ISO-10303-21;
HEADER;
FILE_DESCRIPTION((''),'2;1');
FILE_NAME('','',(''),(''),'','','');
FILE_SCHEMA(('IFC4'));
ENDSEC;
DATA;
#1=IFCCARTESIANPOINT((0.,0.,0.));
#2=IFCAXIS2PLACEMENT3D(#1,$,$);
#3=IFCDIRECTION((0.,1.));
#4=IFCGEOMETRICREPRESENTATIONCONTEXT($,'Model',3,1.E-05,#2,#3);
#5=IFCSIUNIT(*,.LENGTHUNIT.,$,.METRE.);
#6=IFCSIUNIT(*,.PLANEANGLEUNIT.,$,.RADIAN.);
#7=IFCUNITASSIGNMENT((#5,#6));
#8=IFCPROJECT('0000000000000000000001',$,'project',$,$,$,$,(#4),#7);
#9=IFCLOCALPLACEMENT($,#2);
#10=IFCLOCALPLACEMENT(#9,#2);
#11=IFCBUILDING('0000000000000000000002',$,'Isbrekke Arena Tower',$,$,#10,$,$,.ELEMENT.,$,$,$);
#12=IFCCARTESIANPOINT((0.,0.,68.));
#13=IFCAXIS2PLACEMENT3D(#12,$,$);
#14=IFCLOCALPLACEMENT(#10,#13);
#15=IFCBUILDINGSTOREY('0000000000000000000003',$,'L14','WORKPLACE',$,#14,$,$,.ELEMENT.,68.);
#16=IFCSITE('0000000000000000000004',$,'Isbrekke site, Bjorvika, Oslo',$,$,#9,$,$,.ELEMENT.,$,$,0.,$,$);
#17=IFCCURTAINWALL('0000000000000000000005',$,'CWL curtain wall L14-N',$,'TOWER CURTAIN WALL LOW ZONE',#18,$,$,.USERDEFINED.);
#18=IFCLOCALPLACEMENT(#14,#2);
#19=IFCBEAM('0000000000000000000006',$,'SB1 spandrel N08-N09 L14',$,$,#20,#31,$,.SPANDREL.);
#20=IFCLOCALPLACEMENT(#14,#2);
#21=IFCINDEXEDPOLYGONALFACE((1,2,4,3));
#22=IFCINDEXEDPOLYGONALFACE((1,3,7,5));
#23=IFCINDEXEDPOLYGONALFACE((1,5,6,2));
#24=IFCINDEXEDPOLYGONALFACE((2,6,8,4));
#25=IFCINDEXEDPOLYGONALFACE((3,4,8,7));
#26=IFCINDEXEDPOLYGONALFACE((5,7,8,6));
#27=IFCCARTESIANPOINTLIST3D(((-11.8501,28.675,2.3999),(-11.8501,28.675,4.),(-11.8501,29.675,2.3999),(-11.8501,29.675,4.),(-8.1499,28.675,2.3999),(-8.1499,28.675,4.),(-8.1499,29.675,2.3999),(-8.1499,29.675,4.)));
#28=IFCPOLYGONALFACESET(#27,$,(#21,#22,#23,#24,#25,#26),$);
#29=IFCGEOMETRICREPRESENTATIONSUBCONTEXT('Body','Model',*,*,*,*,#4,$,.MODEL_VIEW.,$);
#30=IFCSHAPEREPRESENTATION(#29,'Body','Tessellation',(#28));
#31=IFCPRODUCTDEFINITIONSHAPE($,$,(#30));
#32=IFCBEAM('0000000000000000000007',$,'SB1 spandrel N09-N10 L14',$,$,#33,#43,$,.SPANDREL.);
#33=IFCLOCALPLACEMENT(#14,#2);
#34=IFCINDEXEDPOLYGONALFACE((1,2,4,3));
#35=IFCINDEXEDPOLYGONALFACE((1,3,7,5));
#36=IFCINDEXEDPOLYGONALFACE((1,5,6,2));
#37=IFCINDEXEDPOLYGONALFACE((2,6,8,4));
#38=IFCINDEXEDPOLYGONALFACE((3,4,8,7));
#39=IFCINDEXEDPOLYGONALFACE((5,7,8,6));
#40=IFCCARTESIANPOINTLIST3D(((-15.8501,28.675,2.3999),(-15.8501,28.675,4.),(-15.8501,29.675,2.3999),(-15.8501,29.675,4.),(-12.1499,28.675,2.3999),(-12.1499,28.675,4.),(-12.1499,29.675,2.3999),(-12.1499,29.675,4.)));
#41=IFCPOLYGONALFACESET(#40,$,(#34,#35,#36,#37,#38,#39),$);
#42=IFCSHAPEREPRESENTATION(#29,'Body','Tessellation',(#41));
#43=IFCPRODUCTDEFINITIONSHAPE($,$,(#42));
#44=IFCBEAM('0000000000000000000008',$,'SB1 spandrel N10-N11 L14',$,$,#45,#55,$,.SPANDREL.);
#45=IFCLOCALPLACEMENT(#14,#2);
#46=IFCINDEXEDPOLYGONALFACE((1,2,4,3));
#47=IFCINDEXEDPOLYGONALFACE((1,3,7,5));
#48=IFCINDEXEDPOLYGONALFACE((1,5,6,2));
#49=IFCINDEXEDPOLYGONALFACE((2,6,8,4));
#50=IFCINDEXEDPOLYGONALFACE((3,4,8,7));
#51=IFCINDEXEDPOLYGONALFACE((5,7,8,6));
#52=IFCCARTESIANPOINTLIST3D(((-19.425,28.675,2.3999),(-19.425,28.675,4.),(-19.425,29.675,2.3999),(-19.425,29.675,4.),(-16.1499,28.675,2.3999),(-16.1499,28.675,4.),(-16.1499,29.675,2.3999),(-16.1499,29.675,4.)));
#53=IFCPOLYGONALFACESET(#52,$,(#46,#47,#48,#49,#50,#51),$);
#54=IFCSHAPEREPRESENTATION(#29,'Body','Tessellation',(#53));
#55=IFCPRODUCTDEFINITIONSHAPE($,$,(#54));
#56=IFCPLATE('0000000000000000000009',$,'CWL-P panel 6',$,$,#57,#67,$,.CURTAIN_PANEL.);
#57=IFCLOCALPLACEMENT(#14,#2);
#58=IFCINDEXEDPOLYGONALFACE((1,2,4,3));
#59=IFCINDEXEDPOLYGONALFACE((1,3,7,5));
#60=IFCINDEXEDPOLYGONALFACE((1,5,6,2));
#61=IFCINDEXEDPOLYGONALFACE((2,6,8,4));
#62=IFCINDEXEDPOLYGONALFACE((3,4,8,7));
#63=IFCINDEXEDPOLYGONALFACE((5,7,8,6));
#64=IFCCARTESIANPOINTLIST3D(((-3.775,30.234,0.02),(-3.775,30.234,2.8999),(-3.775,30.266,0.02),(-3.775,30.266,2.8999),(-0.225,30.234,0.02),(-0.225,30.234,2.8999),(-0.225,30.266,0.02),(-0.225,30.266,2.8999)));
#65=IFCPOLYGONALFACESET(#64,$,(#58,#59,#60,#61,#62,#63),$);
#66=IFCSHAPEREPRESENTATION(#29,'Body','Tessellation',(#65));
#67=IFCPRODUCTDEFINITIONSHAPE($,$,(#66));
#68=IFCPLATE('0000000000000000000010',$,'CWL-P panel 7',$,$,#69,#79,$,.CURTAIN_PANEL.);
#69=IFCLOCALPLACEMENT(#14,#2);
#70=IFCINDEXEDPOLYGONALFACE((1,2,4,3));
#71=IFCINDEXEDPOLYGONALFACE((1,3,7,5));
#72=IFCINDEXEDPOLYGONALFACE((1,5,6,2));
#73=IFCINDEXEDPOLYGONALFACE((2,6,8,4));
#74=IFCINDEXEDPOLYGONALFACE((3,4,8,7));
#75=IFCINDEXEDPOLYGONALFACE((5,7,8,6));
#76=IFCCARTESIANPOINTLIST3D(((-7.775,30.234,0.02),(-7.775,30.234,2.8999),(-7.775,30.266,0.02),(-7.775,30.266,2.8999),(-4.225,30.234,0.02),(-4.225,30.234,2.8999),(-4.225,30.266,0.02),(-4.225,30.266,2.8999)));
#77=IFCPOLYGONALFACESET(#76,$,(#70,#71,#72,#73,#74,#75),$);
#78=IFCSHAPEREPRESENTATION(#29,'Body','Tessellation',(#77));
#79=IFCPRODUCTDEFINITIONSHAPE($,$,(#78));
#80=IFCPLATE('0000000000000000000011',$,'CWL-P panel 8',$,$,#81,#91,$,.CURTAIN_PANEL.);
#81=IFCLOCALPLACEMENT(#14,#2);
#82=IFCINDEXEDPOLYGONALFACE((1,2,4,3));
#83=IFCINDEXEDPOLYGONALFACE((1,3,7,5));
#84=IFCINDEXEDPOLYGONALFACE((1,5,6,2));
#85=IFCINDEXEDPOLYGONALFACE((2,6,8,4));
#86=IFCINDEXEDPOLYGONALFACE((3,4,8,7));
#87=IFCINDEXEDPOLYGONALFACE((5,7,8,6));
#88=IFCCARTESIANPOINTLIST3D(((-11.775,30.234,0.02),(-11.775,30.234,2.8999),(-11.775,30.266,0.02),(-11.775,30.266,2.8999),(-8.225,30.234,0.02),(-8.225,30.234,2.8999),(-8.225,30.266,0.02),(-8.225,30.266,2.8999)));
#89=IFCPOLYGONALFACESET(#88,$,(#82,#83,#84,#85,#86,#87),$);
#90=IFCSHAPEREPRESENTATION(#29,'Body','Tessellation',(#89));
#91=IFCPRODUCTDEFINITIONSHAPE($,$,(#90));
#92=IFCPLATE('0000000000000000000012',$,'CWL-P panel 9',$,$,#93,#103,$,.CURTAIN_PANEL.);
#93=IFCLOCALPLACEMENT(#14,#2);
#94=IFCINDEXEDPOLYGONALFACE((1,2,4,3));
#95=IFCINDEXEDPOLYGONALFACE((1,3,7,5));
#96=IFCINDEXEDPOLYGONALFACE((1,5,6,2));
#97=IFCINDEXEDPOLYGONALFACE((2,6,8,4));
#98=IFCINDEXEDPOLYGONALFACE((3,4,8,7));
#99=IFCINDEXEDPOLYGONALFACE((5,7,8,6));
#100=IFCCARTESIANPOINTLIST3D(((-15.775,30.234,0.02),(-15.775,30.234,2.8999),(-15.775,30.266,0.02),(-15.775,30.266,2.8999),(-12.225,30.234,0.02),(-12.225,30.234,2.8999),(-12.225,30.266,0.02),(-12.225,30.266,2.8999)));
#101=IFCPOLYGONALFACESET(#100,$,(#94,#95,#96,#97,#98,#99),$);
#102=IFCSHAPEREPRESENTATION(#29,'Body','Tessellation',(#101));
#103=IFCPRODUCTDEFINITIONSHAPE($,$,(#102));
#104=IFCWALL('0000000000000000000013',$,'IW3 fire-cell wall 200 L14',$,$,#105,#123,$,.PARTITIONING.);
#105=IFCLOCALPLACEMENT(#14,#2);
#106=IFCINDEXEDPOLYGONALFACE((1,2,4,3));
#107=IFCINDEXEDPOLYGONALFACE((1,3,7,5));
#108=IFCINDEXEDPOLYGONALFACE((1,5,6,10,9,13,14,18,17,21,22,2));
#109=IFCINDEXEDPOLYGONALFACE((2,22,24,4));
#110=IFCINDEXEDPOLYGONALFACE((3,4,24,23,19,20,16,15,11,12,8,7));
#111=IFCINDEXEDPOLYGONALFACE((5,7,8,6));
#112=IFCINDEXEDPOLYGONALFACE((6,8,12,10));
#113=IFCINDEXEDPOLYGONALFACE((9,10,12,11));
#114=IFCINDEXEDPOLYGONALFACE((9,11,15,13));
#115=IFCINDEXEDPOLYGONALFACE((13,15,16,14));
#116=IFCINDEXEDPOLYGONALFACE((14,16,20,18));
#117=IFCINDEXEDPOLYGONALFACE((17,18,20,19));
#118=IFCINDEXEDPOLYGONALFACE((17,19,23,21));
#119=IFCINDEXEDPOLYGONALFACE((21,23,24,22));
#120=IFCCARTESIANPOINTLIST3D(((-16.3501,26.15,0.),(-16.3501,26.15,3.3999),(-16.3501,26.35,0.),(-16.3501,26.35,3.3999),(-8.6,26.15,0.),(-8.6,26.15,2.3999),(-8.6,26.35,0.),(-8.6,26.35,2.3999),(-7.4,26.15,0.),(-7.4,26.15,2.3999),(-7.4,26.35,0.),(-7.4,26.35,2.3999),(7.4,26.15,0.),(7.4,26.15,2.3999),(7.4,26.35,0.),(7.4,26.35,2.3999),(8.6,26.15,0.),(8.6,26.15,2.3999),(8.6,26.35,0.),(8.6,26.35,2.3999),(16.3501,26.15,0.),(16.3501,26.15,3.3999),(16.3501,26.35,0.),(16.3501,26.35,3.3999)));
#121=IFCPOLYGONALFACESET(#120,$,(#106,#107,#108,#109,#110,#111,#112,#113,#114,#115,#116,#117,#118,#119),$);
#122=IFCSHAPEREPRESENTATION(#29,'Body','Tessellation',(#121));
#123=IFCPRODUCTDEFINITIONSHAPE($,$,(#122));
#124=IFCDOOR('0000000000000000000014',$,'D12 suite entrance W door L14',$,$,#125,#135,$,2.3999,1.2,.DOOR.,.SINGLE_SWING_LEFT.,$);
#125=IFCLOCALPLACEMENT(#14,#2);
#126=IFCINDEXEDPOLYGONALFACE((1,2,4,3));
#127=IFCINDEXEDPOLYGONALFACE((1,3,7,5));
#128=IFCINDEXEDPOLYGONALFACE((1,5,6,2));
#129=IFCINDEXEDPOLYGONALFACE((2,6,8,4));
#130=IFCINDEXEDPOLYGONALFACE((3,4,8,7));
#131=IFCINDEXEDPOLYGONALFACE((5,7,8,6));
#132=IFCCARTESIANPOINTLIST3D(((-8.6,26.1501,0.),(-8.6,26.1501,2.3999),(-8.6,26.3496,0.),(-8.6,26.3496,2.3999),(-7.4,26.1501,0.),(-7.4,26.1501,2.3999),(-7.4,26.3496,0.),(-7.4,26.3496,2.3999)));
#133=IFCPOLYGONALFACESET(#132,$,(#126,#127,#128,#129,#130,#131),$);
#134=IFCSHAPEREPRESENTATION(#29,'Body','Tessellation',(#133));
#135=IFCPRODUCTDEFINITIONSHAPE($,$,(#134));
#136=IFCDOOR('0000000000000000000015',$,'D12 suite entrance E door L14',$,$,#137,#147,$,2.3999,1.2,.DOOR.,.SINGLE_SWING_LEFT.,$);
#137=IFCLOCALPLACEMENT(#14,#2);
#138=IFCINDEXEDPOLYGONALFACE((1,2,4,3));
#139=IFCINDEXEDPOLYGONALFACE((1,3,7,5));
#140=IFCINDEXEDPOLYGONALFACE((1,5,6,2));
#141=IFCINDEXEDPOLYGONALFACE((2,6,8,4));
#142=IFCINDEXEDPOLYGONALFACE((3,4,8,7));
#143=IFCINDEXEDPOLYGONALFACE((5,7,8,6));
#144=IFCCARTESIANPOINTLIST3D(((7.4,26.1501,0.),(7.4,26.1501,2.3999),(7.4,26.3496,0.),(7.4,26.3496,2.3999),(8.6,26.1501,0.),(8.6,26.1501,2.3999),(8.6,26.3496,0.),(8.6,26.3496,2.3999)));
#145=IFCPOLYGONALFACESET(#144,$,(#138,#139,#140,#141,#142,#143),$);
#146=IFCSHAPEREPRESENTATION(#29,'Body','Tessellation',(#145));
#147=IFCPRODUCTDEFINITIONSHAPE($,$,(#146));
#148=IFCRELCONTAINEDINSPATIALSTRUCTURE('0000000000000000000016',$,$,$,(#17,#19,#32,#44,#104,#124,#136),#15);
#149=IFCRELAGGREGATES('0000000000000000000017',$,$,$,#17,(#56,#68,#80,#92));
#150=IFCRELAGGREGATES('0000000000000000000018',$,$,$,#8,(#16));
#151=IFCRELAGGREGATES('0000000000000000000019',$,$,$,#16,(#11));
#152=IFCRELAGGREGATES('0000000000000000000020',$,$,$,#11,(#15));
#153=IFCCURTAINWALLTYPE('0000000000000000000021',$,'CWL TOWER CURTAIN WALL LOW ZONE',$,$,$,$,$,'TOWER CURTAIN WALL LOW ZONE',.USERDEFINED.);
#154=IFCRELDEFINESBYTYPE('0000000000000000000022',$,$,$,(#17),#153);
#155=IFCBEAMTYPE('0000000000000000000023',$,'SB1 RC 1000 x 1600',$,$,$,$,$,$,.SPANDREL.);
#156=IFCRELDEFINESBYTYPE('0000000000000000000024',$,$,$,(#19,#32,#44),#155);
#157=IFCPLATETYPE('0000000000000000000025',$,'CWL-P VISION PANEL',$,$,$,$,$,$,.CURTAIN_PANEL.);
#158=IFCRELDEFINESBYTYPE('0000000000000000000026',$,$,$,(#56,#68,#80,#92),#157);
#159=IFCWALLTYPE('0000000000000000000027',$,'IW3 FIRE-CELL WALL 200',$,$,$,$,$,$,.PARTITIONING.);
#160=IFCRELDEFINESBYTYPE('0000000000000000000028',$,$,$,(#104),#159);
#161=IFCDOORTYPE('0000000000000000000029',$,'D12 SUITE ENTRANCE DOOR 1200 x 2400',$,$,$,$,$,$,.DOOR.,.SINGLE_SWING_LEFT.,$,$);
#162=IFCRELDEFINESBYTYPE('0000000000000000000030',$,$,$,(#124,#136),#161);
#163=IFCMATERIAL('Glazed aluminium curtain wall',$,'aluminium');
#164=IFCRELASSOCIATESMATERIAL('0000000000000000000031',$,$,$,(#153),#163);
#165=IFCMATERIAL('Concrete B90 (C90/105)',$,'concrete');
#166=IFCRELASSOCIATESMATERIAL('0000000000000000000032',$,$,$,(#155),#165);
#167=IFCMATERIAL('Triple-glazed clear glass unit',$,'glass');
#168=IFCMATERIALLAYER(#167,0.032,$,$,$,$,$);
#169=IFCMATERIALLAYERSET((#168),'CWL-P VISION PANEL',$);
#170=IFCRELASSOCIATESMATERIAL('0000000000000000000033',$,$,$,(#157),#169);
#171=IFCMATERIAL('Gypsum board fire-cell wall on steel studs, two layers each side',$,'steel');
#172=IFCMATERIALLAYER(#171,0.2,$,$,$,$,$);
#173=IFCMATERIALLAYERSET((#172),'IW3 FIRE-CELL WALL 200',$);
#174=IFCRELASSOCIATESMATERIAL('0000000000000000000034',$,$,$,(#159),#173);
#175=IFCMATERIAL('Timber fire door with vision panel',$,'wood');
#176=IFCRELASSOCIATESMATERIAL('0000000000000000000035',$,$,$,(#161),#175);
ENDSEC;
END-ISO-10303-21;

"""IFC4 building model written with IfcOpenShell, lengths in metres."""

from ifc_helpers import new_model, si_unit, direction, frame, frame_2d, origin, origin_2d, place, context, subcontext, project, spatial, rectangle, extrude, material, layer, layer_set, material_profile, profile_set, type_object, element, fill, aggregate, save


model = new_model("IFC4")

# Units and contexts
model_context = context("Model", 3, precision=1e-05, world=origin(), true_north=direction((0.0, 1.0)))
body_context = subcontext(model_context, "Body", "Model", "MODEL_VIEW")
ifc_project = project(units=[si_unit("LENGTHUNIT", "METRE"), si_unit("PLANEANGLEUNIT", "RADIAN")], contexts=[model_context])

# Site, building, storey
site_placement = place(None, origin())
site = spatial("IfcSite", under=ifc_project, at=site_placement, Name="Isbrekke site, Bjorvika, Oslo", CompositionType="ELEMENT", RefElevation=0.0)
building_placement = place(site_placement, origin())
building = spatial("IfcBuilding", under=site, at=building_placement, Name="Isbrekke Arena Tower", CompositionType="ELEMENT")
storey_placement = place(building_placement, frame((0.0, 0.0, 68.0)))
storey = spatial("IfcBuildingStorey", under=building, at=storey_placement, Name="L14", Description="WORKPLACE", CompositionType="ELEMENT", Elevation=68.0)

# Curtain wall
ifc_material_1 = material(Name="Glazed aluminium curtain wall", Category="aluminium")
curtain_wall_type = type_object("IfcCurtainWallType", Name="CWL TOWER CURTAIN WALL LOW ZONE", ElementType="TOWER CURTAIN WALL LOW ZONE", PredefinedType="USERDEFINED", material=ifc_material_1)
curtain_wall_placement = place(storey_placement, origin())
curtain_wall = element("IfcCurtainWall", 1, at=curtain_wall_placement, inside=storey, type_object=curtain_wall_type, Name="CWL curtain wall L14-N", ObjectType="TOWER CURTAIN WALL LOW ZONE", PredefinedType="USERDEFINED")

# Beams
ifc_material_2 = material(Name="Concrete B90 (C90/105)", Category="concrete")
ifc_material_profile_1 = material_profile(ifc_material_2, rectangle(XDim=1.0, YDim=1.6001, at=origin_2d()), Name="RC 1000x1600")
ifc_profile_set_1 = profile_set([ifc_material_profile_1], Name="Concrete B90 (C90/105)")
beam_type_1 = type_object("IfcBeamType", Name="SB1 RC 1000 x 1600", PredefinedType="SPANDREL", material=ifc_profile_set_1)
for number, where, z_axis, x_axis, name in (
    (2, (-8.1499, 29.175, 3.2), (-1.0, 0.0, 0.0), (0.0, -1.0, 0.0), "SB1 spandrel N08-N09 L14"),
    (3, (-12.1499, 29.175, 3.2), (-1.0, 0.0, 0.0), (0.0, -1.0, 0.0), "SB1 spandrel N09-N10 L14"),
):
    element("IfcBeam", number, at=place(storey_placement, frame(where, z_axis=z_axis, x_axis=x_axis)), inside=storey, type_object=beam_type_1, Name=name, PredefinedType="SPANDREL", context=body_context, shape_type="SweptSolid", body=[
        extrude(rectangle(XDim=1.0, YDim=1.6001, at=origin_2d()), origin(), (0.0, 0.0, 1.0), 3.7002),
    ])
beam_1_placement = place(storey_placement, frame((-16.1499, 29.175, 3.2), z_axis=(-1.0, 0.0, 0.0), x_axis=(0.0, -1.0, 0.0)))
element("IfcBeam", 4, at=beam_1_placement, inside=storey, type_object=beam_type_1, Name="SB1 spandrel N10-N11 L14", PredefinedType="SPANDREL", context=body_context, shape_type="SweptSolid", body=[
    extrude(rectangle(XDim=1.0, YDim=1.6001, at=origin_2d()), origin(), (0.0, 0.0, 1.0), 3.2751),
])

# Plates
ifc_material_3 = material(Name="Triple-glazed clear glass unit", Category="glass")
ifc_layer_1 = layer(ifc_material_3, 0.032)
ifc_layer_set_1 = layer_set([ifc_layer_1], Name="CWL-P VISION PANEL")
plate_type = type_object("IfcPlateType", Name="CWL-P VISION PANEL", PredefinedType="CURTAIN_PANEL", material=ifc_layer_set_1)
plate_1_placement = place(storey_placement, frame((-2.0, 30.25, 0.02), z_axis=(0.0, 0.0, 1.0), x_axis=(-1.0, 0.0, 0.0)))
plate_1 = element("IfcPlate", 5, at=plate_1_placement, type_object=plate_type, Name="CWL-P panel 6", PredefinedType="CURTAIN_PANEL", context=body_context, shape_type="SweptSolid", body=[
    extrude(rectangle(XDim=3.55, YDim=0.032, at=origin_2d()), origin(), (0.0, 0.0, 1.0), 2.8799),
])
plate_2_placement = place(storey_placement, frame((-6.0, 30.25, 0.02), z_axis=(0.0, 0.0, 1.0), x_axis=(-1.0, 0.0, 0.0)))
plate_2 = element("IfcPlate", 6, at=plate_2_placement, type_object=plate_type, Name="CWL-P panel 7", PredefinedType="CURTAIN_PANEL", context=body_context, shape_type="SweptSolid", body=[
    extrude(rectangle(XDim=3.55, YDim=0.032, at=origin_2d()), origin(), (0.0, 0.0, 1.0), 2.8799),
])
plate_3_placement = place(storey_placement, frame((-10.0, 30.25, 0.02), z_axis=(0.0, 0.0, 1.0), x_axis=(-1.0, 0.0, 0.0)))
plate_3 = element("IfcPlate", 7, at=plate_3_placement, type_object=plate_type, Name="CWL-P panel 8", PredefinedType="CURTAIN_PANEL", context=body_context, shape_type="SweptSolid", body=[
    extrude(rectangle(XDim=3.55, YDim=0.032, at=origin_2d()), origin(), (0.0, 0.0, 1.0), 2.8799),
])
plate_4_placement = place(storey_placement, frame((-14.0, 30.25, 0.02), z_axis=(0.0, 0.0, 1.0), x_axis=(-1.0, 0.0, 0.0)))
plate_4 = element("IfcPlate", 8, at=plate_4_placement, type_object=plate_type, Name="CWL-P panel 9", PredefinedType="CURTAIN_PANEL", context=body_context, shape_type="SweptSolid", body=[
    extrude(rectangle(XDim=3.55, YDim=0.032, at=origin_2d()), origin(), (0.0, 0.0, 1.0), 2.8799),
])
aggregate(curtain_wall, [plate_1, plate_2, plate_3, plate_4])

# Wall, openings, doors
ifc_material_4 = material(Name="Gypsum board fire-cell wall on steel studs, two layers each side", Category="steel")
ifc_layer_2 = layer(ifc_material_4, 0.2)
ifc_layer_set_2 = layer_set([ifc_layer_2], Name="IW3 FIRE-CELL WALL 200")
wall_type = type_object("IfcWallType", Name="IW3 FIRE-CELL WALL 200", PredefinedType="PARTITIONING", material=ifc_layer_set_2)
wall_placement = place(storey_placement, frame((-16.3501, 26.25, 0.0), z_axis=(0.0, 0.0, 1.0), x_axis=(1.0, 0.0, 0.0)))
wall = element("IfcWall", 9, at=wall_placement, inside=storey, type_object=wall_type, Name="IW3 fire-cell wall 200 L14", PredefinedType="PARTITIONING", context=body_context, shape_type="SweptSolid", body=[
    extrude(rectangle(XDim=32.7002, YDim=0.2, at=frame_2d((16.3501, 0.0))), origin(), (0.0, 0.0, 1.0), 3.3999),
])
opening_1_placement = place(wall_placement, frame((7.75, 0.0, 0.0)))
opening_1 = element("IfcOpeningElement", 10, at=opening_1_placement, cuts=wall, PredefinedType="OPENING", context=body_context, shape_type="SweptSolid", body=[
    extrude(rectangle(XDim=1.2, YDim=2.3999, at=frame_2d((0.6001, 1.2))), frame((0.0, 0.1147, 0.0), z_axis=(0.0, -1.0, 0.0), x_axis=(1.0, 0.0, 0.0)), (0.0, 0.0, 1.0), 0.2297),
])
opening_2_placement = place(wall_placement, frame((23.75, 0.0, 0.0)))
opening_2 = element("IfcOpeningElement", 11, at=opening_2_placement, cuts=wall, PredefinedType="OPENING", context=body_context, shape_type="SweptSolid", body=[
    extrude(rectangle(XDim=1.2, YDim=2.3999, at=frame_2d((0.6001, 1.2))), frame((0.0, 0.1147, 0.0), z_axis=(0.0, -1.0, 0.0), x_axis=(1.0, 0.0, 0.0)), (0.0, 0.0, 1.0), 0.2297),
])
ifc_material_5 = material(Name="Timber fire door with vision panel", Category="wood")
door_type = type_object("IfcDoorType", Name="D12 SUITE ENTRANCE DOOR 1200 x 2400", OperationType="SINGLE_SWING_LEFT", PredefinedType="DOOR", material=ifc_material_5)
door_1_placement = place(opening_1_placement, origin())
door_1 = element("IfcDoor", 12, at=door_1_placement, inside=storey, type_object=door_type, Name="D12 suite entrance W door L14", OperationType="SINGLE_SWING_LEFT", OverallHeight=2.3999, OverallWidth=1.2, PredefinedType="DOOR", context=body_context, shape_type="SweptSolid", body=[
    extrude(rectangle(XDim=1.2, YDim=2.3999, at=frame_2d((0.6001, 1.2))), frame((0.0, 0.0996, 0.0), z_axis=(0.0, -1.0, 0.0), x_axis=(1.0, 0.0, 0.0)), (0.0, 0.0, 1.0), 0.1995),
])
fill(opening_1, door_1)
door_2_placement = place(opening_2_placement, origin())
door_2 = element("IfcDoor", 13, at=door_2_placement, inside=storey, type_object=door_type, Name="D12 suite entrance E door L14", OperationType="SINGLE_SWING_LEFT", OverallHeight=2.3999, OverallWidth=1.2, PredefinedType="DOOR", context=body_context, shape_type="SweptSolid", body=[
    extrude(rectangle(XDim=1.2, YDim=2.3999, at=frame_2d((0.6001, 1.2))), frame((0.0, 0.0996, 0.0), z_axis=(0.0, -1.0, 0.0), x_axis=(1.0, 0.0, 0.0)), (0.0, 0.0, 1.0), 0.1995),
])
fill(opening_2, door_2)

save(model, "model.ifc")
